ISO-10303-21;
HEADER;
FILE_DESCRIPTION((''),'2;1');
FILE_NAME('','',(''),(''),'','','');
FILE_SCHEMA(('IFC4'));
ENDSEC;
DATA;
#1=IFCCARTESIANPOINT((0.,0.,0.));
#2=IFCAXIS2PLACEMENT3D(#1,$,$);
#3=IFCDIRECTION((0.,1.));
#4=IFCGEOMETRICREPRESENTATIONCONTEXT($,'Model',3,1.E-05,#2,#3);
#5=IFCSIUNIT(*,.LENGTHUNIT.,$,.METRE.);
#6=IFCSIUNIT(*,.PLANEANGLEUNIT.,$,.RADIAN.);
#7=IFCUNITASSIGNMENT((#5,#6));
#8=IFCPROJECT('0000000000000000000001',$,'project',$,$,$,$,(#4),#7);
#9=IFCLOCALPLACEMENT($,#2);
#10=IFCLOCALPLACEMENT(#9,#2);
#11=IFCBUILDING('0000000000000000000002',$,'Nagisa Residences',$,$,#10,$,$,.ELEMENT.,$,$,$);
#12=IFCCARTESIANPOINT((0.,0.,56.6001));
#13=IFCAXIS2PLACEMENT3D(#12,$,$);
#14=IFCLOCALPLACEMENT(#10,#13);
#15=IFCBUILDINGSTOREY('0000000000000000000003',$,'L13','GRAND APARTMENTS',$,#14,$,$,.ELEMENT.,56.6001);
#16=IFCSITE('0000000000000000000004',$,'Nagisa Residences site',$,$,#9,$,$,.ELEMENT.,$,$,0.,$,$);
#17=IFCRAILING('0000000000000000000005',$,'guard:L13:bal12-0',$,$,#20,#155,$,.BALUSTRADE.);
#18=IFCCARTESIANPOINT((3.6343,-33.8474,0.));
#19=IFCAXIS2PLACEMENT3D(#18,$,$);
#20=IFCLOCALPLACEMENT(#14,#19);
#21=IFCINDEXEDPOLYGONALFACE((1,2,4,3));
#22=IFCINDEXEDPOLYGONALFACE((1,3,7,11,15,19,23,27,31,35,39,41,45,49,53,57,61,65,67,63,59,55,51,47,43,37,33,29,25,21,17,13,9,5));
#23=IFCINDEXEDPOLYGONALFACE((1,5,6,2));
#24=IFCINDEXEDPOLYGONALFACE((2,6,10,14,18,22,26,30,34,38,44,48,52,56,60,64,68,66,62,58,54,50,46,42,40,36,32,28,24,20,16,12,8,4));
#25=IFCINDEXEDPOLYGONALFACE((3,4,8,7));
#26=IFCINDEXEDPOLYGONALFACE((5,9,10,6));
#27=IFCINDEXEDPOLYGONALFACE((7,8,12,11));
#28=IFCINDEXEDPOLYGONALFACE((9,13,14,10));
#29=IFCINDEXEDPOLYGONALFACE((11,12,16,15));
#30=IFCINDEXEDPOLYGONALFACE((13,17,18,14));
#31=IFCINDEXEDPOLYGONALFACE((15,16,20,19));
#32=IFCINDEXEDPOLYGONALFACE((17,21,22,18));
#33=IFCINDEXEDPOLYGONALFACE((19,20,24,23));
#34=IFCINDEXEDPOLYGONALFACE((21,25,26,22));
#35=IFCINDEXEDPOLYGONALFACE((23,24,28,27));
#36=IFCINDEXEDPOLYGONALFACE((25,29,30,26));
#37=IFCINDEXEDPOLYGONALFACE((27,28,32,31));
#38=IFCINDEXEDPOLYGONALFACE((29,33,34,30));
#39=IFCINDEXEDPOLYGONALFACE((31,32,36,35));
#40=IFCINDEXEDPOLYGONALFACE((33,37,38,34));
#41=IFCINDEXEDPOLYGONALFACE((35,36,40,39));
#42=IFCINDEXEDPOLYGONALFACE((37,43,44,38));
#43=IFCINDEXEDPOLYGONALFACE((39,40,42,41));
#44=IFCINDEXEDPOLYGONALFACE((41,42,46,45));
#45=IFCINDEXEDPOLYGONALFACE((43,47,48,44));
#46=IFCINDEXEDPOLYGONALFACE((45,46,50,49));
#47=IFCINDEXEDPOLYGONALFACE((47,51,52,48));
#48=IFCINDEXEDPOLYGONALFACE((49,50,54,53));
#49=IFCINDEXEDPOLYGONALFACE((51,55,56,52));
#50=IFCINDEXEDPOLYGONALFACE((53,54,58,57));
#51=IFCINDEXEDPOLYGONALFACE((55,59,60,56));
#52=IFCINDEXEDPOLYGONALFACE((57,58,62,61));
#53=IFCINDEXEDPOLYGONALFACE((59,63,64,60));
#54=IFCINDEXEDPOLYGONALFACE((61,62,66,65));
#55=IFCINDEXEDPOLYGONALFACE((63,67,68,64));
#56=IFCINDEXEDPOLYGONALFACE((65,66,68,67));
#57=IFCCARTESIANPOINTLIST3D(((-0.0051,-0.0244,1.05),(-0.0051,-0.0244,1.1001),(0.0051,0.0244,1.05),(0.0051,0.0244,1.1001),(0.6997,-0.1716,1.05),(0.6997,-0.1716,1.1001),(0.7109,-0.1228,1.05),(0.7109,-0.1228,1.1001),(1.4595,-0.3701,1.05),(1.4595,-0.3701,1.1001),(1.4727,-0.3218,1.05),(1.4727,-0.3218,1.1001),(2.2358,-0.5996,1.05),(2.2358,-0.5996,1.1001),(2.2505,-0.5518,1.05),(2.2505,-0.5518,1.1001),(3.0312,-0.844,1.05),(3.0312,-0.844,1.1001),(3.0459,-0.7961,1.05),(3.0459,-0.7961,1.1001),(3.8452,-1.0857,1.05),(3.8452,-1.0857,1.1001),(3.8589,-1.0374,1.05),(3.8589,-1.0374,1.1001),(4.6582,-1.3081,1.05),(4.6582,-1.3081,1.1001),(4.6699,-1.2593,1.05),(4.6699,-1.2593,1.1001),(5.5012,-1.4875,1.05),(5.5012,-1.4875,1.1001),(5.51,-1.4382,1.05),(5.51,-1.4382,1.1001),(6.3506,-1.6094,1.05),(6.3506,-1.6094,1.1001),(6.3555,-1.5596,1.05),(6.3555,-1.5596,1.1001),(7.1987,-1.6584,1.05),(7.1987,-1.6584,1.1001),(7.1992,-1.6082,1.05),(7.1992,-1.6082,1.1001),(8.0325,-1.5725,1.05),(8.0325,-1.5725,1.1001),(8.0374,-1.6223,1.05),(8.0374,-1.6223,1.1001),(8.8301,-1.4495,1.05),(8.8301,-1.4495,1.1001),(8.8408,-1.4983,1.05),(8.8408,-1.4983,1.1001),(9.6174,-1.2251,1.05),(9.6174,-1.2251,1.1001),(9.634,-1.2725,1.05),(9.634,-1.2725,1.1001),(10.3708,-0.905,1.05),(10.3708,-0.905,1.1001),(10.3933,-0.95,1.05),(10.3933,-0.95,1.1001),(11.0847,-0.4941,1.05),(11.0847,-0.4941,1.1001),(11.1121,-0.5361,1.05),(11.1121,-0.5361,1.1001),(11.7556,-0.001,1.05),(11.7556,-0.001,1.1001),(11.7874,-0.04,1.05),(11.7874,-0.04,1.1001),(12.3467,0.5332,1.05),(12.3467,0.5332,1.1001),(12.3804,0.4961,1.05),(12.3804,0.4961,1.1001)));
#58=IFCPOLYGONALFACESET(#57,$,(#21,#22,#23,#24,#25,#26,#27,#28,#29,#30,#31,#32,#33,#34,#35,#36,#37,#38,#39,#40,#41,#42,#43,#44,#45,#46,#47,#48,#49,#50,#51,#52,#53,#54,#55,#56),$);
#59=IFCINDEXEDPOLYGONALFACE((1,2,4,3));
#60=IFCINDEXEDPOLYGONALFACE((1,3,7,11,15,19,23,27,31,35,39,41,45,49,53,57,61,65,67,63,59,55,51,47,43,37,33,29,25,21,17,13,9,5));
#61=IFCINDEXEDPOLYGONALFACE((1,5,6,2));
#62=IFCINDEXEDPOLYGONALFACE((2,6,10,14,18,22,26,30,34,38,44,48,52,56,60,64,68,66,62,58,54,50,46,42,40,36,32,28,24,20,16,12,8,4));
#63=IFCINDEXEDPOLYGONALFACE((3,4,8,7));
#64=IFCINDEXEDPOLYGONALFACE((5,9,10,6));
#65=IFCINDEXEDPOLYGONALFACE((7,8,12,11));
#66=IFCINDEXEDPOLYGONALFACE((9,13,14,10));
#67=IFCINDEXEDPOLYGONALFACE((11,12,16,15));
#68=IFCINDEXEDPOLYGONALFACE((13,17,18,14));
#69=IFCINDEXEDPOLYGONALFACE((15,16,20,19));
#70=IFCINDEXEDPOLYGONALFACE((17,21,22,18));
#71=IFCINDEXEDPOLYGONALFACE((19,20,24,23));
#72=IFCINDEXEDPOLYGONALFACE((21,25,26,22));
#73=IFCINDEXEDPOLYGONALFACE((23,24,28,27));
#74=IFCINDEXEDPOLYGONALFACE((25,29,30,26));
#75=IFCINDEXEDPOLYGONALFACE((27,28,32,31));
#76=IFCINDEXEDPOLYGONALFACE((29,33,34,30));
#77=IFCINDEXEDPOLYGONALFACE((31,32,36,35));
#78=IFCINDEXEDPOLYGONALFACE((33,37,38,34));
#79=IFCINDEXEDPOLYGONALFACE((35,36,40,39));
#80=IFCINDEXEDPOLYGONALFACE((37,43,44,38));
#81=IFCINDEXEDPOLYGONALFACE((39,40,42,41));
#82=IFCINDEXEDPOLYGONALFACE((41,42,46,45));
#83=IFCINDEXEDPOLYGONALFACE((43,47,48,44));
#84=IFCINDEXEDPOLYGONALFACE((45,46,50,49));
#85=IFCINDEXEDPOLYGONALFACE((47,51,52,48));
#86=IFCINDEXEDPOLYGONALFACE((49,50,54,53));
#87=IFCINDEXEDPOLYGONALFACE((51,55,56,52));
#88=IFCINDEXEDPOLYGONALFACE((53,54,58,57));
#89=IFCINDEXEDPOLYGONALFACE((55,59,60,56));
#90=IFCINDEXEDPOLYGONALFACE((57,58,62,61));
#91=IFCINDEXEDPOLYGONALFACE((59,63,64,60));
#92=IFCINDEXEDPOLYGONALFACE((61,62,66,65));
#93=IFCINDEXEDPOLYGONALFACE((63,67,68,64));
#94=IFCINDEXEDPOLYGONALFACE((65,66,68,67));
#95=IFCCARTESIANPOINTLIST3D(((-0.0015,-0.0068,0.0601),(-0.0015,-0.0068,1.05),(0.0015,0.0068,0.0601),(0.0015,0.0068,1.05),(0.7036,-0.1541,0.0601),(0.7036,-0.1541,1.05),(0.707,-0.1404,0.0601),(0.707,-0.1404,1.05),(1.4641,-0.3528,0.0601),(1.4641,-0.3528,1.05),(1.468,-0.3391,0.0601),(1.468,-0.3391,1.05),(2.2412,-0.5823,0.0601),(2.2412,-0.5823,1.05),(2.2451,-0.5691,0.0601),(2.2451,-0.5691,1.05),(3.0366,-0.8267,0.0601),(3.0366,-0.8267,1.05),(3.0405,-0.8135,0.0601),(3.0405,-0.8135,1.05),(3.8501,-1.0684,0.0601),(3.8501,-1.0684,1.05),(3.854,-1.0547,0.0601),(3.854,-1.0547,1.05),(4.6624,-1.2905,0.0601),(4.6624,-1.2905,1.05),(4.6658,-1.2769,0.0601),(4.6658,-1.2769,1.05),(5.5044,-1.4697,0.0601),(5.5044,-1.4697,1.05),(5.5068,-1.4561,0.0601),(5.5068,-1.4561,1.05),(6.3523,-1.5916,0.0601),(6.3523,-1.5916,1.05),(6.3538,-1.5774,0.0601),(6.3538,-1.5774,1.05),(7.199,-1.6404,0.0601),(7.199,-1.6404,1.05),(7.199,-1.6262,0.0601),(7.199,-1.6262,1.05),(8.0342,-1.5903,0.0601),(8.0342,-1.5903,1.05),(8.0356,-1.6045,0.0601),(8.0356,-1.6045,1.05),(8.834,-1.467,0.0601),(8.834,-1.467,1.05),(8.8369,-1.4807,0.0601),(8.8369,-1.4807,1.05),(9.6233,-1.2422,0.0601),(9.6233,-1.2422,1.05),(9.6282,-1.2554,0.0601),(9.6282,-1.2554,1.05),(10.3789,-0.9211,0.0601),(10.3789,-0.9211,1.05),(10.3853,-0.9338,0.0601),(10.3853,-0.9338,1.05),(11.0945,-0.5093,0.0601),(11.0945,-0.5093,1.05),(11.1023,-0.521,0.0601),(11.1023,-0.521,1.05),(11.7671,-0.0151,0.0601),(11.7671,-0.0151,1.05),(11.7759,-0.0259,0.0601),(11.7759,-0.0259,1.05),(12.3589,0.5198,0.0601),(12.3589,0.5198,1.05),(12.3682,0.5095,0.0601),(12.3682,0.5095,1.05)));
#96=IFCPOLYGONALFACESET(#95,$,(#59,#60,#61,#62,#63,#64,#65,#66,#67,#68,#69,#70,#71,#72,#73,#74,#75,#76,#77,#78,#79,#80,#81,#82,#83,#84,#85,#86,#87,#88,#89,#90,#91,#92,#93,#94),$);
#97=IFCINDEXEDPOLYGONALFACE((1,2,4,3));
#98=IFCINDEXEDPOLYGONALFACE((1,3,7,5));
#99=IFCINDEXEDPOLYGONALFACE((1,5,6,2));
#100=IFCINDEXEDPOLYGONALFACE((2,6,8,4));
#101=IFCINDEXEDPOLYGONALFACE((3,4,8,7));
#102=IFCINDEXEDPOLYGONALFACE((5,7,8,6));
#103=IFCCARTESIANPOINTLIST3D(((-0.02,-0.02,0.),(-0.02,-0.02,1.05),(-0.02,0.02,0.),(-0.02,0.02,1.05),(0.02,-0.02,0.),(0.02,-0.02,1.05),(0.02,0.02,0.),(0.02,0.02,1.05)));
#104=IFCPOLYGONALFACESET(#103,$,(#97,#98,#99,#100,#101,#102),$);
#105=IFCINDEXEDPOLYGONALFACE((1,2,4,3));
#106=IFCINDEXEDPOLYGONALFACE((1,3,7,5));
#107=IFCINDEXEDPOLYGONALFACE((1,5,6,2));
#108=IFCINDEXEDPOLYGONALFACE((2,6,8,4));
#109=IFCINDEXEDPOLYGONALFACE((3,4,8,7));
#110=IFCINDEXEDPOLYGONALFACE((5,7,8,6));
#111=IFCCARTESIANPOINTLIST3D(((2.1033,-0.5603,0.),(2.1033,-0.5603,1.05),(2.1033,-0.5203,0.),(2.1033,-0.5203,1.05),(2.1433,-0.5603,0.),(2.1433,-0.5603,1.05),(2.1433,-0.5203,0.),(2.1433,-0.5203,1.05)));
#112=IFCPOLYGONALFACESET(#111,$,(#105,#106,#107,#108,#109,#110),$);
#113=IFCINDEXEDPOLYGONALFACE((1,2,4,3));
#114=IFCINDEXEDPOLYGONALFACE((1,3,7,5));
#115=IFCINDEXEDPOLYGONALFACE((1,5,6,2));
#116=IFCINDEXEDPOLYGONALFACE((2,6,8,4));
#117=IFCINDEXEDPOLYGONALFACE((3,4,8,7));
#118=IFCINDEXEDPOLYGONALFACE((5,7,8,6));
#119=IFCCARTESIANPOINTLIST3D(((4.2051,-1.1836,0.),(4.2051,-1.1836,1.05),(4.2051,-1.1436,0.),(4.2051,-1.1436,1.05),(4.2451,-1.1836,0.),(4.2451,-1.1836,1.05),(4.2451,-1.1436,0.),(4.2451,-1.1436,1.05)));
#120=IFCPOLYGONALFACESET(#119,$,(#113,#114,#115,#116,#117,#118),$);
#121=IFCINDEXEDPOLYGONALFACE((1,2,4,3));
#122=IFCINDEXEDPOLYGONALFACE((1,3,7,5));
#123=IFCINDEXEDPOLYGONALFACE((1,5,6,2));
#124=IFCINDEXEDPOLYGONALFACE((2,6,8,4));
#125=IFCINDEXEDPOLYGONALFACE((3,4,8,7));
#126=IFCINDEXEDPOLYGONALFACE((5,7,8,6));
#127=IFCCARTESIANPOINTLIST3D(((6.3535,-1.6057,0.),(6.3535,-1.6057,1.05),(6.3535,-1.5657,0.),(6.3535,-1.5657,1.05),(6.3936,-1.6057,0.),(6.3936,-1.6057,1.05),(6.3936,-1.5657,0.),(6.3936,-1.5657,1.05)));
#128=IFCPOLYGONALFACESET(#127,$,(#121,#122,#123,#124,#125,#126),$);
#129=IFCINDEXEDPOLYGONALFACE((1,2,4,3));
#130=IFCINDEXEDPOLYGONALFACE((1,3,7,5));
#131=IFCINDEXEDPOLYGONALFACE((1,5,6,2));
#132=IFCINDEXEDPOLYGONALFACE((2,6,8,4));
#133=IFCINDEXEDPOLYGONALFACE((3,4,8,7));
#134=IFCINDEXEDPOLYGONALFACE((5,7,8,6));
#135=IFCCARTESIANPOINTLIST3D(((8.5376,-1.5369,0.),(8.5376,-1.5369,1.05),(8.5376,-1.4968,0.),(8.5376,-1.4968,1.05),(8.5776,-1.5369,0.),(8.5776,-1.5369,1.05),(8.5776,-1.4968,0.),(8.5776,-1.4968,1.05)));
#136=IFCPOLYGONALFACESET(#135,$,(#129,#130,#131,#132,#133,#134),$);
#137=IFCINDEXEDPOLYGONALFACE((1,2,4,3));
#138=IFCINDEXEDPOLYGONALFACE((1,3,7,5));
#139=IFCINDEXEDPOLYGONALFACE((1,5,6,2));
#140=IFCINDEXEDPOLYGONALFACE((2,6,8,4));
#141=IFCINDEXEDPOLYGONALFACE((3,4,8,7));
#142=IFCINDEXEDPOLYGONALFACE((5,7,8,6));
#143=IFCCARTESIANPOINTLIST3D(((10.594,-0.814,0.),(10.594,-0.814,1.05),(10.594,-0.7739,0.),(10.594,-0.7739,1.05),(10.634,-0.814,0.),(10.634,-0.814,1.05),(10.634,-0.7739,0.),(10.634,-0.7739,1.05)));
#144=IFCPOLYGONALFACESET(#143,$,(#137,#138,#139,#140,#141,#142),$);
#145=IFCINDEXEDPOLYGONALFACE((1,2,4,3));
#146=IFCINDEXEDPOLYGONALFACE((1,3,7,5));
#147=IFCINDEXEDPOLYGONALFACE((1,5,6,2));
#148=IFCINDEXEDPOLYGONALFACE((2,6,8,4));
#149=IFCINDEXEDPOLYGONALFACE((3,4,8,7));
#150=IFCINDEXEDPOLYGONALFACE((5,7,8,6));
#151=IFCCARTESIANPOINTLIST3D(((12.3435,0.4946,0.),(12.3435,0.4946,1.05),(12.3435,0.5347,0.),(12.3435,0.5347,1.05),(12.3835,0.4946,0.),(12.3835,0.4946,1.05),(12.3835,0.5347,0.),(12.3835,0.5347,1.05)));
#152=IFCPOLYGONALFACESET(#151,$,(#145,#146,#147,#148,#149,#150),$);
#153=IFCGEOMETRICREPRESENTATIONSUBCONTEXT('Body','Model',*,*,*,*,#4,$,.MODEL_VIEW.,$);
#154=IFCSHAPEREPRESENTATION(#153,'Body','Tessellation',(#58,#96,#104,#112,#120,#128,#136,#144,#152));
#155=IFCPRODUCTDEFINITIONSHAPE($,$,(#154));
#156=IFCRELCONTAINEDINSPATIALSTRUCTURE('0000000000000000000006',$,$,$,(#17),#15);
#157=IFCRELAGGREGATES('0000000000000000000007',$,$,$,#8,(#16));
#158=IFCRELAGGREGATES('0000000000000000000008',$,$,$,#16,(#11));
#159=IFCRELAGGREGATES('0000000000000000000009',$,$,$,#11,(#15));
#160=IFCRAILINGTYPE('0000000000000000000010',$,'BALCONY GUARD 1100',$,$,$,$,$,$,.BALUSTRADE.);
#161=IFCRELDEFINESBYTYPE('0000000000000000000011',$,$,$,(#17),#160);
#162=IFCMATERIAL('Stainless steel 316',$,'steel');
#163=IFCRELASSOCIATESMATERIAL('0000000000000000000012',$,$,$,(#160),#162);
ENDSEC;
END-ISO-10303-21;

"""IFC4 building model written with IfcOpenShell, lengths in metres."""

from ifc_helpers import new_model, si_unit, direction, frame, origin, origin_2d, place, context, subcontext, project, spatial, polyline, rectangle, outline, extrude, material, type_object, element, save


model = new_model("IFC4")

# Units and contexts
model_context = context("Model", 3, precision=1e-05, world=origin(), true_north=direction((0.0, 1.0)))
body_context = subcontext(model_context, "Body", "Model", "MODEL_VIEW")
ifc_project = project(units=[si_unit("LENGTHUNIT", "METRE"), si_unit("PLANEANGLEUNIT", "RADIAN")], contexts=[model_context])

# Site, building, storey
site_placement = place(None, origin())
site = spatial("IfcSite", under=ifc_project, at=site_placement, Name="Nagisa Residences site", CompositionType="ELEMENT", RefElevation=0.0)
building_placement = place(site_placement, origin())
building = spatial("IfcBuilding", under=site, at=building_placement, Name="Nagisa Residences", CompositionType="ELEMENT")
storey_placement = place(building_placement, frame((0.0, 0.0, 56.6001)))
storey = spatial("IfcBuildingStorey", under=building, at=storey_placement, Name="L13", Description="GRAND APARTMENTS", CompositionType="ELEMENT", Elevation=56.6001)

# Railing
ifc_material_1 = material(Name="Stainless steel 316", Category="steel")
railing_type = type_object("IfcRailingType", Name="BALCONY GUARD 1100", PredefinedType="BALUSTRADE", material=ifc_material_1)
railing_1_placement = place(storey_placement, frame((3.6343, -33.8474, 0.0)))
element("IfcRailing", 1, at=railing_1_placement, inside=storey, type_object=railing_type, Name="guard:L13:bal12-0", PredefinedType="BALUSTRADE", context=body_context, shape_type="SweptSolid", body=[
    extrude(outline(polyline([(0.7109, -0.1228), (0.0051, 0.0244), (-0.0051, -0.0244), (0.6997, -0.1716), (1.4595, -0.3701), (2.2358, -0.5996), (3.0312, -0.844), (3.8452, -1.0857), (4.6582, -1.3081), (5.5012, -1.4875), (6.3506, -1.6094), (7.1987, -1.6584), (8.0374, -1.6223), (8.8408, -1.4983), (9.634, -1.2725), (10.3933, -0.95), (11.1121, -0.5361), (11.7874, -0.04), (12.3804, 0.4961), (12.3467, 0.5332), (11.7556, -0.001), (11.0847, -0.4941), (10.3708, -0.905), (9.6174, -1.2251), (8.8301, -1.4495), (8.0325, -1.5725), (7.1992, -1.6082), (6.3555, -1.5596), (5.51, -1.4382), (4.6699, -1.2593), (3.8589, -1.0374), (3.0459, -0.7961), (2.2505, -0.5518), (1.4727, -0.3218), (0.7109, -0.1228)])), frame((0.0, 0.0, 1.05)), (0.0, 0.0, 1.0), 0.05),
    extrude(outline(polyline([(0.707, -0.1404), (0.0015, 0.0068), (-0.0015, -0.0068), (0.7036, -0.1541), (1.4641, -0.3528), (2.2412, -0.5823), (3.0366, -0.8267), (3.8501, -1.0684), (4.6624, -1.2905), (5.5044, -1.4697), (6.3523, -1.5916), (7.199, -1.6404), (8.0356, -1.6045), (8.8369, -1.4807), (9.6282, -1.2554), (10.3853, -0.9338), (11.1023, -0.521), (11.7759, -0.0259), (12.3682, 0.5095), (12.3589, 0.5198), (11.7671, -0.0151), (11.0945, -0.5093), (10.3789, -0.9211), (9.6233, -1.2422), (8.834, -1.467), (8.0342, -1.5903), (7.199, -1.6262), (6.3538, -1.5774), (5.5068, -1.4561), (4.6658, -1.2769), (3.854, -1.0547), (3.0405, -0.8135), (2.2451, -0.5691), (1.468, -0.3391), (0.707, -0.1404)])), frame((0.0, 0.0, 0.0601)), (0.0, 0.0, 1.0), 0.99),
    extrude(rectangle(XDim=0.04, YDim=0.04, at=origin_2d()), origin(), (0.0, 0.0, 1.0), 1.05),
    extrude(rectangle(XDim=0.04, YDim=0.04, at=origin_2d()), frame((2.1233, -0.5403, 0.0)), (0.0, 0.0, 1.0), 1.05),
    extrude(rectangle(XDim=0.04, YDim=0.04, at=origin_2d()), frame((4.2251, -1.1636, 0.0)), (0.0, 0.0, 1.0), 1.05),
    extrude(rectangle(XDim=0.04, YDim=0.04, at=origin_2d()), frame((6.3735, -1.5857, 0.0)), (0.0, 0.0, 1.0), 1.05),
    extrude(rectangle(XDim=0.04, YDim=0.04, at=origin_2d()), frame((8.5576, -1.5168, 0.0)), (0.0, 0.0, 1.0), 1.05),
    extrude(rectangle(XDim=0.04, YDim=0.04, at=origin_2d()), frame((10.614, -0.7939, 0.0)), (0.0, 0.0, 1.0), 1.05),
    extrude(rectangle(XDim=0.04, YDim=0.04, at=origin_2d()), frame((12.3635, 0.5146, 0.0)), (0.0, 0.0, 1.0), 1.05),
])

save(model, "model.ifc")
